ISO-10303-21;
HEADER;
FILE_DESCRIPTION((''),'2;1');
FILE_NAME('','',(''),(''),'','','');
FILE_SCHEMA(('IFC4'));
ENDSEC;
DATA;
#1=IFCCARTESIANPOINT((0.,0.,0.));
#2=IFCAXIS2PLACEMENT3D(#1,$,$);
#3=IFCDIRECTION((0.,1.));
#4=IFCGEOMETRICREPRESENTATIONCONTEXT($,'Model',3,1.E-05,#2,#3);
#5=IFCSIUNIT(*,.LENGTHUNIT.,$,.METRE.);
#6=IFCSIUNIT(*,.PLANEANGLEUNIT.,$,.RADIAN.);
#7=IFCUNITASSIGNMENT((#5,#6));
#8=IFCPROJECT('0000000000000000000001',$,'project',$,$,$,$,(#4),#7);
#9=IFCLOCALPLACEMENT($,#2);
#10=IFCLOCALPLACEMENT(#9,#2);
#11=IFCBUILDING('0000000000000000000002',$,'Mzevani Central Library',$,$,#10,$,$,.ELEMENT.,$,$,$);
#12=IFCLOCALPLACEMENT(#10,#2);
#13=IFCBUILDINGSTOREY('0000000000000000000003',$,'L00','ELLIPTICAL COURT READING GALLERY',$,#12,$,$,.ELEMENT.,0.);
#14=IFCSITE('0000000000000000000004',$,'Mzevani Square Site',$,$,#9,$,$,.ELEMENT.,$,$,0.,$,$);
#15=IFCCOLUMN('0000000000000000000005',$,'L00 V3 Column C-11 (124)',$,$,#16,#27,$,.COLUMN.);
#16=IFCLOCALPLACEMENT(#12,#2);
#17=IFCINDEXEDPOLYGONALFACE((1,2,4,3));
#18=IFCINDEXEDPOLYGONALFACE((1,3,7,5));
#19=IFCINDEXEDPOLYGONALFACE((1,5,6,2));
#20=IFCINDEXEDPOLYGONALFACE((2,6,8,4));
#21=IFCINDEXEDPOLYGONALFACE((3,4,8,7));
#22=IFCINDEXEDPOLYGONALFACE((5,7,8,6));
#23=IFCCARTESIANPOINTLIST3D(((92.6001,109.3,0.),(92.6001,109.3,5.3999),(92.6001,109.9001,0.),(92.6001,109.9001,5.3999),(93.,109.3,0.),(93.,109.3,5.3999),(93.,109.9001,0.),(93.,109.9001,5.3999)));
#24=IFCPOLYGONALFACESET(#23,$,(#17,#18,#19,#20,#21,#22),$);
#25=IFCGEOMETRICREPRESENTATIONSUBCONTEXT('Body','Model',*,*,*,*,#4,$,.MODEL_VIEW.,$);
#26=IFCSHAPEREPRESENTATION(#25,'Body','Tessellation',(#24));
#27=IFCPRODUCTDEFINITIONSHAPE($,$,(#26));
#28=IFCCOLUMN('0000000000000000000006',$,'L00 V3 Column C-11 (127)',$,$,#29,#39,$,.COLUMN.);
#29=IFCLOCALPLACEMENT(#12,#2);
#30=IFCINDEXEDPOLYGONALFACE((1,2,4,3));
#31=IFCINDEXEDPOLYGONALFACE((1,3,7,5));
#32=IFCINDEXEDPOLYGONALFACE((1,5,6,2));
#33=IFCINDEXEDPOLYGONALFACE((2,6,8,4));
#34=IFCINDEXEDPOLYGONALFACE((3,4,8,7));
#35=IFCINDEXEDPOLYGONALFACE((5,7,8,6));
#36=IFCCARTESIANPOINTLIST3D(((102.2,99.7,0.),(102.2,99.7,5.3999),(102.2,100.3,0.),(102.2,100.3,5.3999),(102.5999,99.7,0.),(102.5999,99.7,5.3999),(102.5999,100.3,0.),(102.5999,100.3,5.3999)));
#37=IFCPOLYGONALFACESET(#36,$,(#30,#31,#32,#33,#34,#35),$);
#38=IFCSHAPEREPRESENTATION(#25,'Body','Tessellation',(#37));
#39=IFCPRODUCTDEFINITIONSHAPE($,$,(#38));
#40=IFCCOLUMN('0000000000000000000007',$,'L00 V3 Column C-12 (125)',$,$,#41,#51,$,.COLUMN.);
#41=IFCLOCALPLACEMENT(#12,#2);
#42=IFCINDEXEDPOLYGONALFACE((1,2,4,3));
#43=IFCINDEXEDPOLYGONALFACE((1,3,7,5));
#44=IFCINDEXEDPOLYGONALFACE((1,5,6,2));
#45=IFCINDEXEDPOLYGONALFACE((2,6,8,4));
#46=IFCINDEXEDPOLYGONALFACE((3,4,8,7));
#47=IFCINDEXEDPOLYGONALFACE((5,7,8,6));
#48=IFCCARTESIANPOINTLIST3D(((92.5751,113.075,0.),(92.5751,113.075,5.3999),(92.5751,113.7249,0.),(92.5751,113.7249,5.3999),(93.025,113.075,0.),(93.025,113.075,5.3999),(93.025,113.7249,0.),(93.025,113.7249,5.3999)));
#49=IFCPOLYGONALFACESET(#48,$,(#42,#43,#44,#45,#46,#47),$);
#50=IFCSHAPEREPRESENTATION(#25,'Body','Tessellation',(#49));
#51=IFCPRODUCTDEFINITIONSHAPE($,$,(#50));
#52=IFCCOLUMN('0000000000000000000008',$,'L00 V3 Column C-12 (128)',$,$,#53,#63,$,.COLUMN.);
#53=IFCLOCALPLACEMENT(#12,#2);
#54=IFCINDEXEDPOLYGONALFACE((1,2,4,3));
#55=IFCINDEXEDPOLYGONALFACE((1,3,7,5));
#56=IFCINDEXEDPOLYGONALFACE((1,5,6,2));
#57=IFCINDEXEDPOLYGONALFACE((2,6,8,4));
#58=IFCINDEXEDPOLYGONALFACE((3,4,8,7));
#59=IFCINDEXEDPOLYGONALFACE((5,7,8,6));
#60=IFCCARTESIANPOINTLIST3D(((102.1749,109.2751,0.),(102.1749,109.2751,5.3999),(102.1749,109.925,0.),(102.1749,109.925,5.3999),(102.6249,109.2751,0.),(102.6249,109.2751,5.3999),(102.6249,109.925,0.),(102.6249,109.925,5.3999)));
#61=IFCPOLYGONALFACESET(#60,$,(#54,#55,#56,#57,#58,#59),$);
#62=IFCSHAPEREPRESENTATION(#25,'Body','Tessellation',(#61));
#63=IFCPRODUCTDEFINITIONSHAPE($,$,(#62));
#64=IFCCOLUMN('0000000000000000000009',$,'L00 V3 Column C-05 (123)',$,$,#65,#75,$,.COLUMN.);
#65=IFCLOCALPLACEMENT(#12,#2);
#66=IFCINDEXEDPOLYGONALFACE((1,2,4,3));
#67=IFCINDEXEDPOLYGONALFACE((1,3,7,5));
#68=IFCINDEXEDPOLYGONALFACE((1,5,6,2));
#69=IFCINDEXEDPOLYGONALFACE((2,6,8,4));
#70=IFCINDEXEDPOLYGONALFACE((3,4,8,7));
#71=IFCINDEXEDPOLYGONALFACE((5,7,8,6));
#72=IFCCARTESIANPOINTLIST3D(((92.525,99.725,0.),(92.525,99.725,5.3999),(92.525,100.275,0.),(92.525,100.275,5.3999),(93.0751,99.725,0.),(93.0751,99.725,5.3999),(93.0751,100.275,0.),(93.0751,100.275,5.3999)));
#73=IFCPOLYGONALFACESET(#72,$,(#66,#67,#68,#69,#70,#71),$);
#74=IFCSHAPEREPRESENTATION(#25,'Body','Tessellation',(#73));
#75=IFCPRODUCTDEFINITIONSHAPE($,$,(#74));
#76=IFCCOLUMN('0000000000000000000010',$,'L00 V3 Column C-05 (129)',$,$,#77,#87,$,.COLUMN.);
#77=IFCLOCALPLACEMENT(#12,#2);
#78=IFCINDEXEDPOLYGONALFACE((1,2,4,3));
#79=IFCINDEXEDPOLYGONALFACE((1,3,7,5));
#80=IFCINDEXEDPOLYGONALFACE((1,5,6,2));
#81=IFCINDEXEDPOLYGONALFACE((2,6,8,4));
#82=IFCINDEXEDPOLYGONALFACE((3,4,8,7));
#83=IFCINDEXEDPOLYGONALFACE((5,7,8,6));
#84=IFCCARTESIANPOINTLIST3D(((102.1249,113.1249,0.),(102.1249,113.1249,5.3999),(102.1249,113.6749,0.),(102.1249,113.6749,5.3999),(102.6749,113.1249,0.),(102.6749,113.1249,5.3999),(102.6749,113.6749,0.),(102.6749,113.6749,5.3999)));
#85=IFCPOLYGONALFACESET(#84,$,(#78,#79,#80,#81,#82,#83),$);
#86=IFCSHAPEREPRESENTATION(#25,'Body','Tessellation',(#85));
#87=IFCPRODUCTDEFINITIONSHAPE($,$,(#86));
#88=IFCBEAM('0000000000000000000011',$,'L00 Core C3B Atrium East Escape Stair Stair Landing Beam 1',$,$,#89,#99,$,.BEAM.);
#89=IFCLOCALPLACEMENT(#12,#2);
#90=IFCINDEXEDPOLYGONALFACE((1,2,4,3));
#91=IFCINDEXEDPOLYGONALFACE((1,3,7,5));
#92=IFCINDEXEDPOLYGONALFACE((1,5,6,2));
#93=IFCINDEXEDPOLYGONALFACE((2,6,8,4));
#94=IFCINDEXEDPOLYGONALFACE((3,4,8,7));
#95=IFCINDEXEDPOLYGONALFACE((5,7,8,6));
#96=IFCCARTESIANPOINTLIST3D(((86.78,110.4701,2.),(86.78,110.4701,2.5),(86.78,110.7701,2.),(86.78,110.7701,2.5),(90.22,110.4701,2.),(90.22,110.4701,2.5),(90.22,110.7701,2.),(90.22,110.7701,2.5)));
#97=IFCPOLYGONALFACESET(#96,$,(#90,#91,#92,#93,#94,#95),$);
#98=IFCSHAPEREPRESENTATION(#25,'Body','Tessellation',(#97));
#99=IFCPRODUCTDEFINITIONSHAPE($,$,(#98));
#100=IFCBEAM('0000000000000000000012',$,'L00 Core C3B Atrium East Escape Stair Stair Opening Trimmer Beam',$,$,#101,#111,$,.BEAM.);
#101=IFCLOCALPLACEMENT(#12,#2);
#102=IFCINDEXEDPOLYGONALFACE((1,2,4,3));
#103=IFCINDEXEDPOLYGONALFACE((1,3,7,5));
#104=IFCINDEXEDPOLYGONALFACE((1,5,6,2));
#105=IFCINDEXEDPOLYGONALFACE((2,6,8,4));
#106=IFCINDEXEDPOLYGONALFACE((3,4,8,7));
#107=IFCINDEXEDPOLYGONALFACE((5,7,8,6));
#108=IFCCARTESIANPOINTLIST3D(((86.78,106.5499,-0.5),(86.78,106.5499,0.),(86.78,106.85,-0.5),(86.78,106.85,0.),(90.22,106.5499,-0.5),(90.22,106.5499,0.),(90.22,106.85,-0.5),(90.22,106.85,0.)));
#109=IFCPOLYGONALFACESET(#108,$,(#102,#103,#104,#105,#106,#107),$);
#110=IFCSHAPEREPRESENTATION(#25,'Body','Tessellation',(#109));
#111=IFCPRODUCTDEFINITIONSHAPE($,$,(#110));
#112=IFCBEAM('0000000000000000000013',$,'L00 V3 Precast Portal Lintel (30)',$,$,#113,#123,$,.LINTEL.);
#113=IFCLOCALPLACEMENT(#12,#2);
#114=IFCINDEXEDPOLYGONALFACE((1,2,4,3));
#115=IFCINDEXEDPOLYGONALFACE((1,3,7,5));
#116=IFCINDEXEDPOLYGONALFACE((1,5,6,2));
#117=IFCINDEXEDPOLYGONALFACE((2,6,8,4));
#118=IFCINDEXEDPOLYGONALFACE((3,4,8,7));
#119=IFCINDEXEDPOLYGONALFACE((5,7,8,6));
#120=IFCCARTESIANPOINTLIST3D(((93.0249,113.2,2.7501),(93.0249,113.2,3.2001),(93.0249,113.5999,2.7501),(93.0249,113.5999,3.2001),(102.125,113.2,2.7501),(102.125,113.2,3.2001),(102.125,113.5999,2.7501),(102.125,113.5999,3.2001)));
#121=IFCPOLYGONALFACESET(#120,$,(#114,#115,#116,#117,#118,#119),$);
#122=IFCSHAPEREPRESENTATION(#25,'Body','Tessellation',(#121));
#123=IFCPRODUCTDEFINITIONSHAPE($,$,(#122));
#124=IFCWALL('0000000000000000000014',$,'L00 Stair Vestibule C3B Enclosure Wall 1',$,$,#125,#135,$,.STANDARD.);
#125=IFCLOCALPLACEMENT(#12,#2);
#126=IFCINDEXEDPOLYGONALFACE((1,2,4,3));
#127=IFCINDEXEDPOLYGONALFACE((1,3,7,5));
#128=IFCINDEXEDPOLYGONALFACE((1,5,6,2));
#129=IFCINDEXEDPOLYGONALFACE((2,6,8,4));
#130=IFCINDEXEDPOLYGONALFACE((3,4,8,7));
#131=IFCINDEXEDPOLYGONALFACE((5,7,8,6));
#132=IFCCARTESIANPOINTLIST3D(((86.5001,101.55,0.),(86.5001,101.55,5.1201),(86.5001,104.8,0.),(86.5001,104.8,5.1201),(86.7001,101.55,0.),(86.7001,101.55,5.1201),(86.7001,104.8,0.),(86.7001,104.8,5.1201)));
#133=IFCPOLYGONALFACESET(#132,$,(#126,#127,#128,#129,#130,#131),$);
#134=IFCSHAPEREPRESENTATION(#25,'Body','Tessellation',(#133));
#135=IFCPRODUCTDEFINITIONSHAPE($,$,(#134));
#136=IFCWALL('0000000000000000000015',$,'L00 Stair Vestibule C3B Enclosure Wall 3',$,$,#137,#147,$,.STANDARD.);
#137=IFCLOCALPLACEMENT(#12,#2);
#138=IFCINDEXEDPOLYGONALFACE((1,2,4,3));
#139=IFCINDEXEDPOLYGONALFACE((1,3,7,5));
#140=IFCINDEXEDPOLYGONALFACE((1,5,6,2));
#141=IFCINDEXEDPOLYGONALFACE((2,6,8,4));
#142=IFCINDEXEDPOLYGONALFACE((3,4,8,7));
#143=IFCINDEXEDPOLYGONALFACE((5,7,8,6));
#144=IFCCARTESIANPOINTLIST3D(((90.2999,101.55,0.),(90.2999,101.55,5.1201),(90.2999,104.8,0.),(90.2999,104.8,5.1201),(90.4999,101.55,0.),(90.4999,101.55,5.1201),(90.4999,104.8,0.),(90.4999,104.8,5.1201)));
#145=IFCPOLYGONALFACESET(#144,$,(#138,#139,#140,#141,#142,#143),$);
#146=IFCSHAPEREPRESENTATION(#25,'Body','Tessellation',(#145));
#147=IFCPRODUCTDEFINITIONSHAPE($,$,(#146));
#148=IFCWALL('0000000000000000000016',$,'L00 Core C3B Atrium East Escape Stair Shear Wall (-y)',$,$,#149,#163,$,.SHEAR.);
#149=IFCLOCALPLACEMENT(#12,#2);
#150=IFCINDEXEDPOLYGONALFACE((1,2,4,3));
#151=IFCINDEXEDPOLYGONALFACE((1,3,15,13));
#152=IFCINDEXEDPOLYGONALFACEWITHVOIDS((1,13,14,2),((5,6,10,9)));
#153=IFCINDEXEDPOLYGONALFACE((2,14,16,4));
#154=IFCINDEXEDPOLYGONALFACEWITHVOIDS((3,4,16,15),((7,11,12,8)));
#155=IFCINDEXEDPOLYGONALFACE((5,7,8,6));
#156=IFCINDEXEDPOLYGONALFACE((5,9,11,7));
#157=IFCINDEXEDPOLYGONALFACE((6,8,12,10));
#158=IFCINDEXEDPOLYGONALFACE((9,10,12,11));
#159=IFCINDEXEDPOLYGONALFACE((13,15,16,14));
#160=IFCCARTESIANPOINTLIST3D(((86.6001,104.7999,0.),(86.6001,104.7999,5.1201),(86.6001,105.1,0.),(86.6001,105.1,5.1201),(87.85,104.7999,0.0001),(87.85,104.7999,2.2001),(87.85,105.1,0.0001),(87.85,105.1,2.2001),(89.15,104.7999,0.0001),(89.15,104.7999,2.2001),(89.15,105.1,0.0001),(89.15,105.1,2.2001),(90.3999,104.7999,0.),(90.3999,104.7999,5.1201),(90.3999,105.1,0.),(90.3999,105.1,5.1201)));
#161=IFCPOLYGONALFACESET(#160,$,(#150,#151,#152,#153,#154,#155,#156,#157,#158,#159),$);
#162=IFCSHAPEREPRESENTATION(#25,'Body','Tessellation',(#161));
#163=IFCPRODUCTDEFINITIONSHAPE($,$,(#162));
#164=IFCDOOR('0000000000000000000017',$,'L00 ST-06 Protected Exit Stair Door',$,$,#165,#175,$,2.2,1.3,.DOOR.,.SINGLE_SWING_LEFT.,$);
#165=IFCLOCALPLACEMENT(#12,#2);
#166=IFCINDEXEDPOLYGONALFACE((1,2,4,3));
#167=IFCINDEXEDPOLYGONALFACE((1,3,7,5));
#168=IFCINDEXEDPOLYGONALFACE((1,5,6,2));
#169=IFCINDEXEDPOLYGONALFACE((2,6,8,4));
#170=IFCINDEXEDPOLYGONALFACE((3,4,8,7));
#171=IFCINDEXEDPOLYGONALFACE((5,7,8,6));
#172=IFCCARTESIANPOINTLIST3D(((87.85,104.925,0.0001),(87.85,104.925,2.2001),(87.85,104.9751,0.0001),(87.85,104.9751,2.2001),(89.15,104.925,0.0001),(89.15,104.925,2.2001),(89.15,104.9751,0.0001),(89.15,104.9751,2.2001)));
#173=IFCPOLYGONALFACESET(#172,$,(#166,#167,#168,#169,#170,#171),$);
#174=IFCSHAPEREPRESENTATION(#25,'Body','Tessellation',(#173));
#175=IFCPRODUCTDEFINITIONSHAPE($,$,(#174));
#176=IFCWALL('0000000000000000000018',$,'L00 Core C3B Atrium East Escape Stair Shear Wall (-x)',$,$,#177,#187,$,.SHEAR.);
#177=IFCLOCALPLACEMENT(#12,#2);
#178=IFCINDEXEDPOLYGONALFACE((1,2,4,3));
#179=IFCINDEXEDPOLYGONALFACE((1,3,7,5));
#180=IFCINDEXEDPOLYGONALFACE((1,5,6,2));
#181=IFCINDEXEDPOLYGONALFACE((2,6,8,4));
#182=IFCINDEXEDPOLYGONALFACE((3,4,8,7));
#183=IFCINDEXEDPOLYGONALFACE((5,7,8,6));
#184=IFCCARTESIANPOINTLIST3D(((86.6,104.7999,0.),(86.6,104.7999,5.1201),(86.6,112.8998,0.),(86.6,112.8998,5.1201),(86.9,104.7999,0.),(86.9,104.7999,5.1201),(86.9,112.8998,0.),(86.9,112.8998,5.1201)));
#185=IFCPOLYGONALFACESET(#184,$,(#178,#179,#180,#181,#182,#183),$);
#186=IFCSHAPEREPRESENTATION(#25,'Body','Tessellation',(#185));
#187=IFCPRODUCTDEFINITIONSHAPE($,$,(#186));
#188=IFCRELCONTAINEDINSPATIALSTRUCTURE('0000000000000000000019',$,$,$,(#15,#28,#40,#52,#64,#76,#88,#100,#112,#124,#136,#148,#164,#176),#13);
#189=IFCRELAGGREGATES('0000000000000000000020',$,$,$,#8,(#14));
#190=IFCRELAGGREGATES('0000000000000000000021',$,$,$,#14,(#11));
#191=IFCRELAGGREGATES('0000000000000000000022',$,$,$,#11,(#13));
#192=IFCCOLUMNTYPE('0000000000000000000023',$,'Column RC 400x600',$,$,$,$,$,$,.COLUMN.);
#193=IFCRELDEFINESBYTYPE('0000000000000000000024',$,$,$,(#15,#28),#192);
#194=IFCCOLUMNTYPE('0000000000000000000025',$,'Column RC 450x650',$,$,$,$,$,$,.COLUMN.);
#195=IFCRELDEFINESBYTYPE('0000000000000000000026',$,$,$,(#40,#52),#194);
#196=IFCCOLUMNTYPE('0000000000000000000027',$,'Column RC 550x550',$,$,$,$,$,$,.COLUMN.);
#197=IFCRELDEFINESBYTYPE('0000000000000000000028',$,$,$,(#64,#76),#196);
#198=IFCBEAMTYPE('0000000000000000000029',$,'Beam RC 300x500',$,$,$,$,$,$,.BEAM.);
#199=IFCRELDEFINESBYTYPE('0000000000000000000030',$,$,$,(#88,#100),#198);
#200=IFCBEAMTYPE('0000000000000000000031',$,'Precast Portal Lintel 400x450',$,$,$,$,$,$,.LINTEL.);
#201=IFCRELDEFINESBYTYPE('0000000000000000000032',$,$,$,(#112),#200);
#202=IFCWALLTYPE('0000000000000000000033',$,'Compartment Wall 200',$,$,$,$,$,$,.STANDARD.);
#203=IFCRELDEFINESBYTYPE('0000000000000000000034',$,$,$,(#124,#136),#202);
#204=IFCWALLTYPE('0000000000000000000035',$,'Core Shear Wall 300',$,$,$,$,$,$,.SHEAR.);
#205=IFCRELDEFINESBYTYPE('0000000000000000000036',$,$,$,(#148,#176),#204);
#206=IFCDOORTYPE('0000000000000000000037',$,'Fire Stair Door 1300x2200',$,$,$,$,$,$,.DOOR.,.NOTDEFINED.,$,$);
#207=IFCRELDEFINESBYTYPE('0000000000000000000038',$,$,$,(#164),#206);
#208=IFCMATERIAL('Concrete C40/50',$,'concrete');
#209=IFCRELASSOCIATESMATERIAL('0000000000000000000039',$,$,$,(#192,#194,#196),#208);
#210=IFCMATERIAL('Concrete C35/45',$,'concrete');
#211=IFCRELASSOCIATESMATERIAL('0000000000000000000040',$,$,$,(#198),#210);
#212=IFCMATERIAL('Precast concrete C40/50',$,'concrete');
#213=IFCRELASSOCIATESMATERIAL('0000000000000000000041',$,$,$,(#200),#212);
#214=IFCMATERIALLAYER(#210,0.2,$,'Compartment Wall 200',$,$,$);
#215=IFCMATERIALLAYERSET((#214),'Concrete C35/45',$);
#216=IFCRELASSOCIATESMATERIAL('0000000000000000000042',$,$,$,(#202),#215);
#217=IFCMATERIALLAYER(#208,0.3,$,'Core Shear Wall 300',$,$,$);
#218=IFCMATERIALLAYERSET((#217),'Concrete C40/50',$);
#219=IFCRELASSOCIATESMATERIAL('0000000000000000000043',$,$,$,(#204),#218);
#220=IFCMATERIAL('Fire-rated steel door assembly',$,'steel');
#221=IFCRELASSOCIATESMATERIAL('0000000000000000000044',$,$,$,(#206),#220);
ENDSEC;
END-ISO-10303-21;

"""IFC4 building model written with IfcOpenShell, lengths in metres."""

from ifc_helpers import new_model, si_unit, direction, frame, frame_2d, origin, origin_2d, place, context, subcontext, project, spatial, rectangle, extrude, material, layer, layer_set, material_profile, profile_set, type_object, element, fill, save


model = new_model("IFC4")

# Units and contexts
model_context = context("Model", 3, precision=1e-05, world=origin(), true_north=direction((0.0, 1.0)))
body_context = subcontext(model_context, "Body", "Model", "MODEL_VIEW")
ifc_project = project(units=[si_unit("LENGTHUNIT", "METRE"), si_unit("PLANEANGLEUNIT", "RADIAN")], contexts=[model_context])

# Site, building, storey
site_placement = place(None, origin())
site = spatial("IfcSite", under=ifc_project, at=site_placement, Name="Mzevani Square Site", CompositionType="ELEMENT", RefElevation=0.0)
building_placement = place(site_placement, origin())
building = spatial("IfcBuilding", under=site, at=building_placement, Name="Mzevani Central Library", CompositionType="ELEMENT")
storey_placement = place(building_placement, origin())
storey = spatial("IfcBuildingStorey", under=building, at=storey_placement, Name="L00", Description="ELLIPTICAL COURT READING GALLERY", CompositionType="ELEMENT", Elevation=0.0)

# Columns
ifc_material_1 = material(Name="Concrete C40/50", Category="concrete")
ifc_material_profile_1 = material_profile(ifc_material_1, rectangle(XDim=0.3999, YDim=0.6001, at=origin_2d()), Name="RC 400x600")
ifc_profile_set_1 = profile_set([ifc_material_profile_1], Name="Concrete C40/50")
column_type_1 = type_object("IfcColumnType", Name="Column RC 400x600", PredefinedType="COLUMN", material=ifc_profile_set_1)
for number, where, z_axis, x_axis, name in (
    (1, (92.8, 109.6001, 0.0), (0.0, 0.0, 1.0), (1.0, 0.0, 0.0), "L00 V3 Column C-11 (124)"),
    (2, (102.3999, 100.0, 0.0), (0.0, 0.0, 1.0), (1.0, 0.0, 0.0), "L00 V3 Column C-11 (127)"),
):
    element("IfcColumn", number, at=place(storey_placement, frame(where, z_axis=z_axis, x_axis=x_axis)), inside=storey, type_object=column_type_1, Name=name, PredefinedType="COLUMN", context=body_context, shape_type="SweptSolid", body=[
        extrude(rectangle(XDim=0.3999, YDim=0.6001, at=origin_2d()), origin(), (0.0, 0.0, 1.0), 5.3999),
    ])
ifc_material_profile_2 = material_profile(ifc_material_1, rectangle(XDim=0.45, YDim=0.6499, at=origin_2d()), Name="RC 450x650")
ifc_profile_set_2 = profile_set([ifc_material_profile_2], Name="Concrete C40/50")
column_type_2 = type_object("IfcColumnType", Name="Column RC 450x650", PredefinedType="COLUMN", material=ifc_profile_set_2)
for number, where, z_axis, x_axis, name in (
    (3, (92.8, 113.3999, 0.0), (0.0, 0.0, 1.0), (1.0, 0.0, 0.0), "L00 V3 Column C-12 (125)"),
    (4, (102.3999, 109.6001, 0.0), (0.0, 0.0, 1.0), (1.0, 0.0, 0.0), "L00 V3 Column C-12 (128)"),
):
    element("IfcColumn", number, at=place(storey_placement, frame(where, z_axis=z_axis, x_axis=x_axis)), inside=storey, type_object=column_type_2, Name=name, PredefinedType="COLUMN", context=body_context, shape_type="SweptSolid", body=[
        extrude(rectangle(XDim=0.45, YDim=0.6499, at=origin_2d()), origin(), (0.0, 0.0, 1.0), 5.3999),
    ])
ifc_material_profile_3 = material_profile(ifc_material_1, rectangle(XDim=0.55, YDim=0.55, at=origin_2d()), Name="RC 550x550")
ifc_profile_set_3 = profile_set([ifc_material_profile_3], Name="Concrete C40/50")
column_type_3 = type_object("IfcColumnType", Name="Column RC 550x550", PredefinedType="COLUMN", material=ifc_profile_set_3)
for number, where, z_axis, x_axis, name in (
    (5, (92.8, 100.0, 0.0), (0.0, 0.0, 1.0), (1.0, 0.0, 0.0), "L00 V3 Column C-05 (123)"),
    (6, (102.3999, 113.3999, 0.0), (0.0, 0.0, 1.0), (1.0, 0.0, 0.0), "L00 V3 Column C-05 (129)"),
):
    element("IfcColumn", number, at=place(storey_placement, frame(where, z_axis=z_axis, x_axis=x_axis)), inside=storey, type_object=column_type_3, Name=name, PredefinedType="COLUMN", context=body_context, shape_type="SweptSolid", body=[
        extrude(rectangle(XDim=0.55, YDim=0.55, at=origin_2d()), origin(), (0.0, 0.0, 1.0), 5.3999),
    ])

# Beams
ifc_material_2 = material(Name="Concrete C35/45", Category="concrete")
ifc_material_profile_4 = material_profile(ifc_material_2, rectangle(XDim=0.3, YDim=0.5, at=origin_2d()), Name="RC B300x500")
ifc_profile_set_4 = profile_set([ifc_material_profile_4], Name="Concrete C35/45")
beam_type_1 = type_object("IfcBeamType", Name="Beam RC 300x500", PredefinedType="BEAM", material=ifc_profile_set_4)
for number, where, z_axis, x_axis, name in (
    (7, (86.78, 110.6201, 2.25), (1.0, 0.0, 0.0), (0.0, 1.0, 0.0), "L00 Core C3B Atrium East Escape Stair Stair Landing Beam 1"),
    (8, (86.78, 106.7, -0.25), (1.0, 0.0, 0.0), (0.0, 1.0, 0.0), "L00 Core C3B Atrium East Escape Stair Stair Opening Trimmer Beam"),
):
    element("IfcBeam", number, at=place(storey_placement, frame(where, z_axis=z_axis, x_axis=x_axis)), inside=storey, type_object=beam_type_1, Name=name, PredefinedType="BEAM", context=body_context, shape_type="SweptSolid", body=[
        extrude(rectangle(XDim=0.3, YDim=0.5, at=origin_2d()), origin(), (0.0, 0.0, 1.0), 3.4399),
    ])
ifc_material_3 = material(Name="Precast concrete C40/50", Category="concrete")
ifc_material_profile_5 = material_profile(ifc_material_3, rectangle(XDim=0.3999, YDim=0.45, at=origin_2d()), Name="PC LN400x450")
ifc_profile_set_5 = profile_set([ifc_material_profile_5], Name="Precast concrete C40/50")
beam_type_2 = type_object("IfcBeamType", Name="Precast Portal Lintel 400x450", PredefinedType="LINTEL", material=ifc_profile_set_5)
beam_placement = place(storey_placement, frame((93.0249, 113.3999, 2.9751), z_axis=(1.0, 0.0, 0.0), x_axis=(0.0, 1.0, 0.0)))
element("IfcBeam", 9, at=beam_placement, inside=storey, type_object=beam_type_2, Name="L00 V3 Precast Portal Lintel (30)", PredefinedType="LINTEL", context=body_context, shape_type="SweptSolid", body=[
    extrude(rectangle(XDim=0.3999, YDim=0.45, at=origin_2d()), origin(), (0.0, 0.0, 1.0), 9.1001),
])

# Walls
ifc_layer_1 = layer(ifc_material_2, 0.2, Name="Compartment Wall 200")
ifc_layer_set_1 = layer_set([ifc_layer_1], Name="Concrete C35/45")
wall_type_1 = type_object("IfcWallType", Name="Compartment Wall 200", PredefinedType="STANDARD", material=ifc_layer_set_1)
for number, where, z_axis, x_axis, name in (
    (10, (86.6001, 104.8, 0.0), (0.0, 0.0, 1.0), (0.0, -1.0, 0.0), "L00 Stair Vestibule C3B Enclosure Wall 1"),
    (11, (90.3999, 101.55, 0.0), (0.0, 0.0, 1.0), (0.0, 1.0, 0.0), "L00 Stair Vestibule C3B Enclosure Wall 3"),
):
    element("IfcWall", number, at=place(storey_placement, frame(where, z_axis=z_axis, x_axis=x_axis)), inside=storey, type_object=wall_type_1, Name=name, PredefinedType="STANDARD", context=body_context, shape_type="SweptSolid", body=[
        extrude(rectangle(XDim=3.25, YDim=0.2, at=frame_2d((1.625, 0.0))), origin(), (0.0, 0.0, 1.0), 5.1201),
    ])

# Wall, opening, door
ifc_layer_2 = layer(ifc_material_1, 0.3, Name="Core Shear Wall 300")
ifc_layer_set_2 = layer_set([ifc_layer_2], Name="Concrete C40/50")
wall_type_2 = type_object("IfcWallType", Name="Core Shear Wall 300", PredefinedType="SHEAR", material=ifc_layer_set_2)
wall_1_placement = place(storey_placement, frame((90.3999, 104.95, 0.0), z_axis=(0.0, 0.0, 1.0), x_axis=(-1.0, 0.0, 0.0)))
wall_1 = element("IfcWall", 12, at=wall_1_placement, inside=storey, type_object=wall_type_2, Name="L00 Core C3B Atrium East Escape Stair Shear Wall (-y)", PredefinedType="SHEAR", context=body_context, shape_type="SweptSolid", body=[
    extrude(rectangle(XDim=3.7998, YDim=0.3, at=frame_2d((1.8999, 0.0))), origin(), (0.0, 0.0, 1.0), 5.1201),
])
opening_placement = place(wall_1_placement, frame((1.25, 0.0, 0.0)))
opening = element("IfcOpeningElement", 13, at=opening_placement, cuts=wall_1, PredefinedType="OPENING", context=body_context, shape_type="SweptSolid", body=[
    extrude(rectangle(XDim=1.3, YDim=2.2, at=frame_2d((0.6499, 1.1001))), frame((0.0, 0.1602, 0.0), z_axis=(0.0, -1.0, 0.0), x_axis=(1.0, 0.0, 0.0)), (0.0, 0.0, 1.0), 0.3201),
])
ifc_material_4 = material(Name="Fire-rated steel door assembly", Category="steel")
door_type = type_object("IfcDoorType", Name="Fire Stair Door 1300x2200", OperationType="NOTDEFINED", PredefinedType="DOOR", material=ifc_material_4)
door_placement = place(opening_placement, origin())
door = element("IfcDoor", 14, at=door_placement, inside=storey, type_object=door_type, Name="L00 ST-06 Protected Exit Stair Door", OperationType="SINGLE_SWING_LEFT", OverallHeight=2.2, OverallWidth=1.3, PredefinedType="DOOR", context=body_context, shape_type="SweptSolid", body=[
    extrude(rectangle(XDim=1.3, YDim=2.2, at=frame_2d((0.6499, 1.1001))), frame((0.0, 0.0249, 0.0), z_axis=(0.0, -1.0, 0.0), x_axis=(1.0, 0.0, 0.0)), (0.0, 0.0, 1.0), 0.05),
])
fill(opening, door)

# Wall
wall_2_placement = place(storey_placement, frame((86.75, 104.8, 0.0), z_axis=(0.0, 0.0, 1.0), x_axis=(0.0, 1.0, 0.0)))
element("IfcWall", 15, at=wall_2_placement, inside=storey, type_object=wall_type_2, Name="L00 Core C3B Atrium East Escape Stair Shear Wall (-x)", PredefinedType="SHEAR", context=body_context, shape_type="SweptSolid", body=[
    extrude(rectangle(XDim=8.0999, YDim=0.3, at=frame_2d((4.0498, 0.0))), origin(), (0.0, 0.0, 1.0), 5.1201),
])

save(model, "model.ifc")
